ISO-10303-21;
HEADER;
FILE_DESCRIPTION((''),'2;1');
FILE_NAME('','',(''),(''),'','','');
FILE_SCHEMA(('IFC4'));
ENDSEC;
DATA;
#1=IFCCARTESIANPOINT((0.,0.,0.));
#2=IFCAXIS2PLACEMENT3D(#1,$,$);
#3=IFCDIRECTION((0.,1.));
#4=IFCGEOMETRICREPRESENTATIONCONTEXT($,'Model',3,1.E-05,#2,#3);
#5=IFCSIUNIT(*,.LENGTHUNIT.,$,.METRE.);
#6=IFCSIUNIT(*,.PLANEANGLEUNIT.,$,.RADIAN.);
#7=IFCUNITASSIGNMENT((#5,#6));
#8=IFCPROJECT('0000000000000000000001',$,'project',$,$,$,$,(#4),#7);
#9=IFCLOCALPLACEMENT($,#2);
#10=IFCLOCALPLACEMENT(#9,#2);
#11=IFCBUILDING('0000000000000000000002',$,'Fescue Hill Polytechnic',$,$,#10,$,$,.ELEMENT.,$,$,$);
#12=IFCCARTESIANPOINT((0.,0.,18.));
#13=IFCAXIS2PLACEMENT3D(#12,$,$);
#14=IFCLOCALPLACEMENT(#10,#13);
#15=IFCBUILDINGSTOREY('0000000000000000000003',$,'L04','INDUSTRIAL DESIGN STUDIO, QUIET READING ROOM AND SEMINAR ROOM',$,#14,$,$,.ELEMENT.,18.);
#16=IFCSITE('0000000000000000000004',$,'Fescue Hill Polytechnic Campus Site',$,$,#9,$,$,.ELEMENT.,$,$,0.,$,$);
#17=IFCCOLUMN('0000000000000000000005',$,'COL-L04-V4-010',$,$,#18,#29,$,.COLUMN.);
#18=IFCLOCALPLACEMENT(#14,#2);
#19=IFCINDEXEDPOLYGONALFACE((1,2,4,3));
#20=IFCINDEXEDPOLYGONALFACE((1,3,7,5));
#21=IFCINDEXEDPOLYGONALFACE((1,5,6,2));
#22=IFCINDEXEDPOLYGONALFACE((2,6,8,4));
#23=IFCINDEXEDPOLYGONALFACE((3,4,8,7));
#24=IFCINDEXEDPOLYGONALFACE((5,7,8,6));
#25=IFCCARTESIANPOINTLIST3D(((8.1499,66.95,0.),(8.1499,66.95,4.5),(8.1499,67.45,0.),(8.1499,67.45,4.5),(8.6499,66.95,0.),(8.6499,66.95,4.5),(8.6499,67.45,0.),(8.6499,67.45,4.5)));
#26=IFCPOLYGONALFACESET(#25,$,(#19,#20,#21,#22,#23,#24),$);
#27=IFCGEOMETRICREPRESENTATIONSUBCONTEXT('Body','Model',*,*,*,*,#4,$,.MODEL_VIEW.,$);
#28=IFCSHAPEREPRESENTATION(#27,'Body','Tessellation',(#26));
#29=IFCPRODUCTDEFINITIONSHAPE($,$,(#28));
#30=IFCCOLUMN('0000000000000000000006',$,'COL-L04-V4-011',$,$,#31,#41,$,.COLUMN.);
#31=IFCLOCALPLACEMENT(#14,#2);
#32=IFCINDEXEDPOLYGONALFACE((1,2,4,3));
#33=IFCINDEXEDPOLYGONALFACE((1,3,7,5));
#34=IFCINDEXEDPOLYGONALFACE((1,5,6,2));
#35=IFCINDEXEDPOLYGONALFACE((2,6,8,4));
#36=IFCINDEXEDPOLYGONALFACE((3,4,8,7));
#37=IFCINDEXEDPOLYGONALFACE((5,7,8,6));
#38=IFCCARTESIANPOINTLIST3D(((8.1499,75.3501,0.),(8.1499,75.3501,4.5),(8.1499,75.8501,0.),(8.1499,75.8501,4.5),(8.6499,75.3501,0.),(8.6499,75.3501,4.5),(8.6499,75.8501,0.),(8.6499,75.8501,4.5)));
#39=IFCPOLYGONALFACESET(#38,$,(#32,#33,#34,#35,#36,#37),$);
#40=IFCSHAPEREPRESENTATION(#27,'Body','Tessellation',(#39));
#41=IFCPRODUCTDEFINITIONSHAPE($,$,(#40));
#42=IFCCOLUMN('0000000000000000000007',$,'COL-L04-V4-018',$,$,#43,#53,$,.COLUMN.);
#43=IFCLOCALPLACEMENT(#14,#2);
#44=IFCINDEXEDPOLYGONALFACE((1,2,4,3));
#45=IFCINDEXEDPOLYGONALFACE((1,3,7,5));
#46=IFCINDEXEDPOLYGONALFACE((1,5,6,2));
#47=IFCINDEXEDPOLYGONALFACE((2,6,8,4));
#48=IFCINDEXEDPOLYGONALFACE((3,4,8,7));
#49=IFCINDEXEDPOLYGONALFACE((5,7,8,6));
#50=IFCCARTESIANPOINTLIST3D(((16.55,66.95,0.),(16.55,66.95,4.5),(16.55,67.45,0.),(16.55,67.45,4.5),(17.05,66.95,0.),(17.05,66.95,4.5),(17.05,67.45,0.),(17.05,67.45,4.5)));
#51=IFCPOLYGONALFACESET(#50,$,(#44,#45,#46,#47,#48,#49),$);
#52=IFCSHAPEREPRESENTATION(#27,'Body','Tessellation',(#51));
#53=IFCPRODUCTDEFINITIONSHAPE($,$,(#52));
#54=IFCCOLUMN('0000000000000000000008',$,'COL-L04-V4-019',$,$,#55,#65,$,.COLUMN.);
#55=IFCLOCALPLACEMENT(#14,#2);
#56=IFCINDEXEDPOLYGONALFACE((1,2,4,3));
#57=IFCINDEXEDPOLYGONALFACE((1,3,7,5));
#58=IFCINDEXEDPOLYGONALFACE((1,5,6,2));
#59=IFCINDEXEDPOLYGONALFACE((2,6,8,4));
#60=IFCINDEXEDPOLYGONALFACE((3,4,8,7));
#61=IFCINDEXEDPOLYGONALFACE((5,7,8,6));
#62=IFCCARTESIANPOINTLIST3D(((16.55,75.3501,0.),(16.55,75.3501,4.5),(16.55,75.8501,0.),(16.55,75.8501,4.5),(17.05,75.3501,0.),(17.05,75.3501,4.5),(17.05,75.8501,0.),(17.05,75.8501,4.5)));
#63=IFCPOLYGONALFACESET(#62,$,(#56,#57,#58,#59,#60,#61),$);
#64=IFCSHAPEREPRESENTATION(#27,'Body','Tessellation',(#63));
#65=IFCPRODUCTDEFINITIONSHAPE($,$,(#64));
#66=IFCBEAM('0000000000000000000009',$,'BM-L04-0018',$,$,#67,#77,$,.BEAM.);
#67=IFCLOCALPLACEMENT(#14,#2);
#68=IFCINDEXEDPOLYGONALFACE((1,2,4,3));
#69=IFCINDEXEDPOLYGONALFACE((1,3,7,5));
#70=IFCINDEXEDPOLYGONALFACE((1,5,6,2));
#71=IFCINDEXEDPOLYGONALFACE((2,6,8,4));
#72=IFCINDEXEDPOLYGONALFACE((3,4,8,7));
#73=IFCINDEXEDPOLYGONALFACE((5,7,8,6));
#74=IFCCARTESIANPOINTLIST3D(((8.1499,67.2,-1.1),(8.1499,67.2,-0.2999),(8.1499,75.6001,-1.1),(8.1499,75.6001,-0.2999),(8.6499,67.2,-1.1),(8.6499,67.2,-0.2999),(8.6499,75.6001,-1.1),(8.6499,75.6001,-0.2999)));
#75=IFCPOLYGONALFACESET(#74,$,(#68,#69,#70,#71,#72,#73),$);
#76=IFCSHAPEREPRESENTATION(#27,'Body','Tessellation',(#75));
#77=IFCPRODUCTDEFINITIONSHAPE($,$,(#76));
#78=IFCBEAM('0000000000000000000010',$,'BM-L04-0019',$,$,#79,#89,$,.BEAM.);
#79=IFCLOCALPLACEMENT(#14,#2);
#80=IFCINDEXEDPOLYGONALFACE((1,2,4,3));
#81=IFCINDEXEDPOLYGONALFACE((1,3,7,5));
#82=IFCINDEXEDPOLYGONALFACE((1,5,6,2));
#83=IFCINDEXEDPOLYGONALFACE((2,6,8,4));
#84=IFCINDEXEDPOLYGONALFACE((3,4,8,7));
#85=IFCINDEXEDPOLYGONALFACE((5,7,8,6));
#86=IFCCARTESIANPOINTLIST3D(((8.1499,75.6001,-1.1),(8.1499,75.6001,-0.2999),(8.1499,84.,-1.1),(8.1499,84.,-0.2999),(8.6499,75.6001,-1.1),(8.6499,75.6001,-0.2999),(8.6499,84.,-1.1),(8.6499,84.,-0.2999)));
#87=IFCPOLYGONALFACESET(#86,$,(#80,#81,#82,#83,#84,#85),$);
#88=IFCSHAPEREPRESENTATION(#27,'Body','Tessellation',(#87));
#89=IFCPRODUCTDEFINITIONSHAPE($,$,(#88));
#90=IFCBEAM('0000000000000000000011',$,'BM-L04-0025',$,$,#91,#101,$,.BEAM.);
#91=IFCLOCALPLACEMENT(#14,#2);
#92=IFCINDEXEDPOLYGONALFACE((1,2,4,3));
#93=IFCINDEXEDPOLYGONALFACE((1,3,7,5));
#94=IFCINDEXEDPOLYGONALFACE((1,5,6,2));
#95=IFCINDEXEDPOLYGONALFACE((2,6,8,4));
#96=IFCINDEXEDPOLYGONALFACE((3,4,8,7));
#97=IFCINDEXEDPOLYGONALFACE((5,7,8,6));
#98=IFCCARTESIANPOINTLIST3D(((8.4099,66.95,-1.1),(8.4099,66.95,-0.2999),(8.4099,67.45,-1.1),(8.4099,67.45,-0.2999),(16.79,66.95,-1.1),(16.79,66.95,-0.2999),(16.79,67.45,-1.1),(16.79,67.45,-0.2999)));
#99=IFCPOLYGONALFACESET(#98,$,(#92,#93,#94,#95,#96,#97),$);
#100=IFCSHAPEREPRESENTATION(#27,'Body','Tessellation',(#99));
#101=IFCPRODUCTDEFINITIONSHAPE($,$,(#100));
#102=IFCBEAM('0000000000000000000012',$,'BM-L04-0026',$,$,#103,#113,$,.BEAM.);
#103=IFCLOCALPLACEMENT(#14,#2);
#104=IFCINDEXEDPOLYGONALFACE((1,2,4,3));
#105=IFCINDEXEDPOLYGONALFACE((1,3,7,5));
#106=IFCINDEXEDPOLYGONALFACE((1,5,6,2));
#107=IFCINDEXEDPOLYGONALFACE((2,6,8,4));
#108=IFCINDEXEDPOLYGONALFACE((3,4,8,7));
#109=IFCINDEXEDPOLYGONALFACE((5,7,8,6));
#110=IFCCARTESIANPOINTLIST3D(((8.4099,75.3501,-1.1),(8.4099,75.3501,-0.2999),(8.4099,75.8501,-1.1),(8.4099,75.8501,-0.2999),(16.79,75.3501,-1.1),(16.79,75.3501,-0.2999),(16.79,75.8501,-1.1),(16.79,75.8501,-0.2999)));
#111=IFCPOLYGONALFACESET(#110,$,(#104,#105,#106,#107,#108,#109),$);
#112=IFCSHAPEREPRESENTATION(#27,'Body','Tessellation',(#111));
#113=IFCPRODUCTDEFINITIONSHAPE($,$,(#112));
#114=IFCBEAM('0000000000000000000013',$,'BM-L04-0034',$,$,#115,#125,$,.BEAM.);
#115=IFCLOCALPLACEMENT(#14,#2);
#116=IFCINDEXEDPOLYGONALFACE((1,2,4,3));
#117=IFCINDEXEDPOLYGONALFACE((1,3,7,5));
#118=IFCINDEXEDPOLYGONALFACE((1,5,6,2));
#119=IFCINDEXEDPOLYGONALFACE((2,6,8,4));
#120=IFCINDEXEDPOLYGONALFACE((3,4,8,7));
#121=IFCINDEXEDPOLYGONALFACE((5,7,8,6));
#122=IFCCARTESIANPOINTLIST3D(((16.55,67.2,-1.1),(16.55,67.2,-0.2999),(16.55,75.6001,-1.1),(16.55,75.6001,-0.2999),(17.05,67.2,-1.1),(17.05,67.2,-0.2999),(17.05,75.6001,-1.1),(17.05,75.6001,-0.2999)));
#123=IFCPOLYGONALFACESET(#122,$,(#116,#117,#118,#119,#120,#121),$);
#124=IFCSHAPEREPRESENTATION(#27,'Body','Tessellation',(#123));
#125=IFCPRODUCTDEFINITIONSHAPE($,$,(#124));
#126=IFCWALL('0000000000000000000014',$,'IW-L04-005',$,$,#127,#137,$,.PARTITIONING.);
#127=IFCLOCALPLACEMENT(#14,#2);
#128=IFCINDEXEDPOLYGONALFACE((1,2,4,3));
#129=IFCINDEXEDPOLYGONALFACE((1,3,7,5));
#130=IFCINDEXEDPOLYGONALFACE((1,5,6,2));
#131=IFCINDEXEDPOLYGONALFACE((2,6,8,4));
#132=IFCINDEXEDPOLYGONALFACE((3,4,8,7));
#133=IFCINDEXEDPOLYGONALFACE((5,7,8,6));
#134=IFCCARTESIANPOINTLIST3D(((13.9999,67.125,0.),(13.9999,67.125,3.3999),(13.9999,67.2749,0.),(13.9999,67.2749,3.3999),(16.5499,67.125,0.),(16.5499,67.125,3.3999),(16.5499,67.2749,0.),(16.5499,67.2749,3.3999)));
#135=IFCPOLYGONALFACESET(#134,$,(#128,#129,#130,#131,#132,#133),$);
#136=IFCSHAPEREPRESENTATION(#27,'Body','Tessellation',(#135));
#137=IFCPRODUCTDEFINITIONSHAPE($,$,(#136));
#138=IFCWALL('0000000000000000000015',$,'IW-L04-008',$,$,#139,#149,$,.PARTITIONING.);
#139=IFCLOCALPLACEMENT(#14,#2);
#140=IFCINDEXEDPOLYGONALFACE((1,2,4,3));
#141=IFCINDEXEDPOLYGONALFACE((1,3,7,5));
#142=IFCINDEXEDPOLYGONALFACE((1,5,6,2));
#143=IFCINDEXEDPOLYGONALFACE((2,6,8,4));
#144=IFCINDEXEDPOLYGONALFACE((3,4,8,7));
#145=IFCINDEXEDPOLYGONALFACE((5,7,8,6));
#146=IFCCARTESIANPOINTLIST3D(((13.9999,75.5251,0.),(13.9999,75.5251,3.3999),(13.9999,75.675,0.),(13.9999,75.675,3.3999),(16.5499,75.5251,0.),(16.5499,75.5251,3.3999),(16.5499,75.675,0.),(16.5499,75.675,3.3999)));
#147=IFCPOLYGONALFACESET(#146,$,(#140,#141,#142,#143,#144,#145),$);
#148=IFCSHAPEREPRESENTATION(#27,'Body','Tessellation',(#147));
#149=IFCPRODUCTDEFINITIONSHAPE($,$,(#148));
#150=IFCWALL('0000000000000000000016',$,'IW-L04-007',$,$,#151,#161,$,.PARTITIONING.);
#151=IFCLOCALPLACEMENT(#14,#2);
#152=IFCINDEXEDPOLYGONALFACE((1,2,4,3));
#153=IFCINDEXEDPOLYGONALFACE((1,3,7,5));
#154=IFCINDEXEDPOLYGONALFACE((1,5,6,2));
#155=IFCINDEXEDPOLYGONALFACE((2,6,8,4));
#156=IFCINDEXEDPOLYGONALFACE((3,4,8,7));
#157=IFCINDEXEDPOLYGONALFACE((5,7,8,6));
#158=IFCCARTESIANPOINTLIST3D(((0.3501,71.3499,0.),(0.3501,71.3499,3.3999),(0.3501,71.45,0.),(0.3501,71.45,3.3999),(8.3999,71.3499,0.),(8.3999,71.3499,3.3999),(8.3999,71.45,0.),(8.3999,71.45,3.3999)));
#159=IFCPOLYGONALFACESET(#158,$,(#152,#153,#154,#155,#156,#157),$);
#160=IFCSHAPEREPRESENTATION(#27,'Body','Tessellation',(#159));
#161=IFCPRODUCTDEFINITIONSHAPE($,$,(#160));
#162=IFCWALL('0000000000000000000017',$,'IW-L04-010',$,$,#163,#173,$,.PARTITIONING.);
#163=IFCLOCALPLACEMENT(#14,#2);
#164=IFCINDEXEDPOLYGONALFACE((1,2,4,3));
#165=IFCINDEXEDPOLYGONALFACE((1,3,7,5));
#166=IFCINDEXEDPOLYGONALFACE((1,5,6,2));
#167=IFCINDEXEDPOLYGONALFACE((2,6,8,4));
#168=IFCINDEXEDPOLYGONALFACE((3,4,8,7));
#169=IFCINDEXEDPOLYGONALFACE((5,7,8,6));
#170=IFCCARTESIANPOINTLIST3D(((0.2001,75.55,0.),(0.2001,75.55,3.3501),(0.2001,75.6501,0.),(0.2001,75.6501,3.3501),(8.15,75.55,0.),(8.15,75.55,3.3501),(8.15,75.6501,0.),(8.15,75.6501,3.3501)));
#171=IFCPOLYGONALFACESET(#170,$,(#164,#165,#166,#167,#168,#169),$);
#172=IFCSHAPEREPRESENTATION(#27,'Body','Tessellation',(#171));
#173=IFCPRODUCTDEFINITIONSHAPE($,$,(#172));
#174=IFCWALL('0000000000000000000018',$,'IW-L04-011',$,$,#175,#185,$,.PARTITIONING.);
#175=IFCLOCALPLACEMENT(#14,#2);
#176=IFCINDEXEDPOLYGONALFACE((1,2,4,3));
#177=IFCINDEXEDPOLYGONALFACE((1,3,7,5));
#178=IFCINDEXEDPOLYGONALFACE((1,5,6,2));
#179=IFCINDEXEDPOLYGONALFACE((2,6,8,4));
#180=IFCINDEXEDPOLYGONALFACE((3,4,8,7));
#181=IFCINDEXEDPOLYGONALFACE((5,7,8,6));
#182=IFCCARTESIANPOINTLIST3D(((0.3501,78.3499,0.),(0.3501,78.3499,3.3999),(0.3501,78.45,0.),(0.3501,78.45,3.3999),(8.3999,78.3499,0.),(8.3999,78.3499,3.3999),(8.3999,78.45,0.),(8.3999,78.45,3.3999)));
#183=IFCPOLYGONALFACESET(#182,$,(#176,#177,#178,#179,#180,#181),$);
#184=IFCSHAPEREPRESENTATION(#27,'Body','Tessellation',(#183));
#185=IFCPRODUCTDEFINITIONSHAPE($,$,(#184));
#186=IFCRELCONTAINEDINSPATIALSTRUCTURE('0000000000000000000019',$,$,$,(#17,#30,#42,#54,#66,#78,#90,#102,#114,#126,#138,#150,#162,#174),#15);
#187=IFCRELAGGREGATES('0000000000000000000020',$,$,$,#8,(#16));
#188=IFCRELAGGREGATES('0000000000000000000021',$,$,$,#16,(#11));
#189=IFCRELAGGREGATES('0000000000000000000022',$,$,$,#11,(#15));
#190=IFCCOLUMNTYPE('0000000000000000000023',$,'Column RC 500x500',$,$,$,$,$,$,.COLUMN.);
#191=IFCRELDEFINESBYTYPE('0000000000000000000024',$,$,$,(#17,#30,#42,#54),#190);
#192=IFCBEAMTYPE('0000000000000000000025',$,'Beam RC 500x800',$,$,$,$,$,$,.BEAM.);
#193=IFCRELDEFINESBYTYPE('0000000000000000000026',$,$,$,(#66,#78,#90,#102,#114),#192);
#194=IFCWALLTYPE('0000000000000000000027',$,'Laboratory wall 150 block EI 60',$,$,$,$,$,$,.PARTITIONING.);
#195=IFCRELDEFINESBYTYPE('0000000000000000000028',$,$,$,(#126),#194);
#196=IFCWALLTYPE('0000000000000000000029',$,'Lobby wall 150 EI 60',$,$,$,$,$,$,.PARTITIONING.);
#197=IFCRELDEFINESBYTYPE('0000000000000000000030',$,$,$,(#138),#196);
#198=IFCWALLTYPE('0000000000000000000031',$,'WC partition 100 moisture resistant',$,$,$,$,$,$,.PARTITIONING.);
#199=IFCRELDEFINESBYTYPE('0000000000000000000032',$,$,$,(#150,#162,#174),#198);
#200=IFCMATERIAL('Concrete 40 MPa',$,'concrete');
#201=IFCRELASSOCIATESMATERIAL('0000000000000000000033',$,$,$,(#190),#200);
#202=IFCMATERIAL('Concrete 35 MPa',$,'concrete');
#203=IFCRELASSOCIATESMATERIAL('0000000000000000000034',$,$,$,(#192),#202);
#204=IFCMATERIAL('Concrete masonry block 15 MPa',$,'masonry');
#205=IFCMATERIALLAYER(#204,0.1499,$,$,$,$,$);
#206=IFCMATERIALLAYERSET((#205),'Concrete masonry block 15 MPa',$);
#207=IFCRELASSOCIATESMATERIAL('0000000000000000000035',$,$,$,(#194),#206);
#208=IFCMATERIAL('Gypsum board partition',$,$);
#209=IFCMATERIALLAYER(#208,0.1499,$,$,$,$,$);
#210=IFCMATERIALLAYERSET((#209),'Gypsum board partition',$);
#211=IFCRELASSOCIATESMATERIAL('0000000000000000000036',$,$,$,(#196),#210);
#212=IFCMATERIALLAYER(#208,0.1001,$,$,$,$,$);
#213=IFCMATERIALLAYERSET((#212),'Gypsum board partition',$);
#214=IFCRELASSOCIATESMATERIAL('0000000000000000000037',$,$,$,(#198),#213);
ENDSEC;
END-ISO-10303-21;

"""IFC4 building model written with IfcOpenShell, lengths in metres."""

from ifc_helpers import new_model, si_unit, direction, frame, frame_2d, origin, origin_2d, place, context, subcontext, project, spatial, rectangle, extrude, material, layer, layer_set, material_profile, profile_set, type_object, element, save


model = new_model("IFC4")

# Units and contexts
model_context = context("Model", 3, precision=1e-05, world=origin(), true_north=direction((0.0, 1.0)))
body_context = subcontext(model_context, "Body", "Model", "MODEL_VIEW")
ifc_project = project(units=[si_unit("LENGTHUNIT", "METRE"), si_unit("PLANEANGLEUNIT", "RADIAN")], contexts=[model_context])

# Site, building, storey
site_placement = place(None, origin())
site = spatial("IfcSite", under=ifc_project, at=site_placement, Name="Fescue Hill Polytechnic Campus Site", CompositionType="ELEMENT", RefElevation=0.0)
building_placement = place(site_placement, origin())
building = spatial("IfcBuilding", under=site, at=building_placement, Name="Fescue Hill Polytechnic", CompositionType="ELEMENT")
storey_placement = place(building_placement, frame((0.0, 0.0, 18.0)))
storey = spatial("IfcBuildingStorey", under=building, at=storey_placement, Name="L04", Description="INDUSTRIAL DESIGN STUDIO, QUIET READING ROOM AND SEMINAR ROOM", CompositionType="ELEMENT", Elevation=18.0)

# Columns
ifc_material_1 = material(Name="Concrete 40 MPa", Category="concrete")
ifc_material_profile_1 = material_profile(ifc_material_1, rectangle(XDim=0.5, YDim=0.5, at=origin_2d()), Name="RC 500x500")
ifc_profile_set_1 = profile_set([ifc_material_profile_1], Name="Concrete 40 MPa")
column_type = type_object("IfcColumnType", Name="Column RC 500x500", PredefinedType="COLUMN", material=ifc_profile_set_1)
for number, where, z_axis, x_axis, name in (
    (1, (8.3999, 67.2, 0.0), (0.0, 0.0, 1.0), (1.0, 0.0, 0.0), "COL-L04-V4-010"),
    (2, (8.3999, 75.6001, 0.0), (0.0, 0.0, 1.0), (1.0, 0.0, 0.0), "COL-L04-V4-011"),
    (3, (16.8, 67.2, 0.0), (0.0, 0.0, 1.0), (1.0, 0.0, 0.0), "COL-L04-V4-018"),
    (4, (16.8, 75.6001, 0.0), (0.0, 0.0, 1.0), (1.0, 0.0, 0.0), "COL-L04-V4-019"),
):
    element("IfcColumn", number, at=place(storey_placement, frame(where, z_axis=z_axis, x_axis=x_axis)), inside=storey, type_object=column_type, Name=name, PredefinedType="COLUMN", context=body_context, shape_type="SweptSolid", body=[
        extrude(rectangle(XDim=0.5, YDim=0.5, at=origin_2d()), origin(), (0.0, 0.0, 1.0), 4.5),
    ])

# Beams
ifc_material_2 = material(Name="Concrete 35 MPa", Category="concrete")
ifc_material_profile_2 = material_profile(ifc_material_2, rectangle(XDim=0.5, YDim=0.8, at=origin_2d()), Name="RC 500x800")
ifc_profile_set_2 = profile_set([ifc_material_profile_2], Name="Concrete 35 MPa")
beam_type = type_object("IfcBeamType", Name="Beam RC 500x800", PredefinedType="BEAM", material=ifc_profile_set_2)
beam_1_placement = place(storey_placement, frame((8.3999, 67.2, -0.7), z_axis=(0.0, 1.0, 0.0), x_axis=(-1.0, 0.0, 0.0)))
element("IfcBeam", 5, at=beam_1_placement, inside=storey, type_object=beam_type, Name="BM-L04-0018", PredefinedType="BEAM", context=body_context, shape_type="SweptSolid", body=[
    extrude(rectangle(XDim=0.5, YDim=0.8, at=origin_2d()), origin(), (0.0, 0.0, 1.0), 8.4001),
])
beam_2_placement = place(storey_placement, frame((8.3999, 75.6001, -0.7), z_axis=(0.0, 1.0, 0.0), x_axis=(-1.0, 0.0, 0.0)))
element("IfcBeam", 6, at=beam_2_placement, inside=storey, type_object=beam_type, Name="BM-L04-0019", PredefinedType="BEAM", context=body_context, shape_type="SweptSolid", body=[
    extrude(rectangle(XDim=0.5, YDim=0.8, at=origin_2d()), origin(), (0.0, 0.0, 1.0), 8.3999),
])
for number, where, z_axis, x_axis, name in (
    (7, (8.4099, 67.2, -0.7), (1.0, 0.0, 0.0), (0.0, 1.0, 0.0), "BM-L04-0025"),
    (8, (8.4099, 75.6001, -0.7), (1.0, 0.0, 0.0), (0.0, 1.0, 0.0), "BM-L04-0026"),
):
    element("IfcBeam", number, at=place(storey_placement, frame(where, z_axis=z_axis, x_axis=x_axis)), inside=storey, type_object=beam_type, Name=name, PredefinedType="BEAM", context=body_context, shape_type="SweptSolid", body=[
        extrude(rectangle(XDim=0.5, YDim=0.8, at=origin_2d()), origin(), (0.0, 0.0, 1.0), 8.3801),
    ])
beam_3_placement = place(storey_placement, frame((16.8, 67.2, -0.7), z_axis=(0.0, 1.0, 0.0), x_axis=(-1.0, 0.0, 0.0)))
element("IfcBeam", 9, at=beam_3_placement, inside=storey, type_object=beam_type, Name="BM-L04-0034", PredefinedType="BEAM", context=body_context, shape_type="SweptSolid", body=[
    extrude(rectangle(XDim=0.5, YDim=0.8, at=origin_2d()), origin(), (0.0, 0.0, 1.0), 8.4001),
])

# Walls
ifc_material_3 = material(Name="Concrete masonry block 15 MPa", Category="masonry")
ifc_layer_1 = layer(ifc_material_3, 0.1499)
ifc_layer_set_1 = layer_set([ifc_layer_1], Name="Concrete masonry block 15 MPa")
wall_type_1 = type_object("IfcWallType", Name="Laboratory wall 150 block EI 60", PredefinedType="PARTITIONING", material=ifc_layer_set_1)
wall_1_placement = place(storey_placement, frame((14.0, 67.2, 0.0), z_axis=(0.0, 0.0, 1.0), x_axis=(1.0, 0.0, 0.0)))
element("IfcWall", 10, at=wall_1_placement, inside=storey, type_object=wall_type_1, Name="IW-L04-005", PredefinedType="PARTITIONING", context=body_context, shape_type="SweptSolid", body=[
    extrude(rectangle(XDim=2.55, YDim=0.1499, at=frame_2d((1.2749, 0.0))), origin(), (0.0, 0.0, 1.0), 3.3999),
])
ifc_material_4 = material(Name="Gypsum board partition")
ifc_layer_2 = layer(ifc_material_4, 0.1499)
ifc_layer_set_2 = layer_set([ifc_layer_2], Name="Gypsum board partition")
wall_type_2 = type_object("IfcWallType", Name="Lobby wall 150 EI 60", PredefinedType="PARTITIONING", material=ifc_layer_set_2)
wall_2_placement = place(storey_placement, frame((14.0, 75.6001, 0.0), z_axis=(0.0, 0.0, 1.0), x_axis=(1.0, 0.0, 0.0)))
element("IfcWall", 11, at=wall_2_placement, inside=storey, type_object=wall_type_2, Name="IW-L04-008", PredefinedType="PARTITIONING", context=body_context, shape_type="SweptSolid", body=[
    extrude(rectangle(XDim=2.55, YDim=0.1499, at=frame_2d((1.2749, 0.0))), origin(), (0.0, 0.0, 1.0), 3.3999),
])
ifc_layer_3 = layer(ifc_material_4, 0.1001)
ifc_layer_set_3 = layer_set([ifc_layer_3], Name="Gypsum board partition")
wall_type_3 = type_object("IfcWallType", Name="WC partition 100 moisture resistant", PredefinedType="PARTITIONING", material=ifc_layer_set_3)
wall_3_placement = place(storey_placement, frame((0.3501, 71.3999, 0.0), z_axis=(0.0, 0.0, 1.0), x_axis=(1.0, 0.0, 0.0)))
element("IfcWall", 12, at=wall_3_placement, inside=storey, type_object=wall_type_3, Name="IW-L04-007", PredefinedType="PARTITIONING", context=body_context, shape_type="SweptSolid", body=[
    extrude(rectangle(XDim=8.0498, YDim=0.1001, at=frame_2d((4.0249, 0.0))), origin(), (0.0, 0.0, 1.0), 3.3999),
])
wall_4_placement = place(storey_placement, frame((0.2, 75.6001, 0.0), z_axis=(0.0, 0.0, 1.0), x_axis=(1.0, 0.0, 0.0)))
element("IfcWall", 13, at=wall_4_placement, inside=storey, type_object=wall_type_3, Name="IW-L04-010", PredefinedType="PARTITIONING", context=body_context, shape_type="SweptSolid", body=[
    extrude(rectangle(XDim=7.95, YDim=0.1001, at=frame_2d((3.9751, 0.0))), origin(), (0.0, 0.0, 1.0), 3.3501),
])
wall_5_placement = place(storey_placement, frame((0.3501, 78.3999, 0.0), z_axis=(0.0, 0.0, 1.0), x_axis=(1.0, 0.0, 0.0)))
element("IfcWall", 14, at=wall_5_placement, inside=storey, type_object=wall_type_3, Name="IW-L04-011", PredefinedType="PARTITIONING", context=body_context, shape_type="SweptSolid", body=[
    extrude(rectangle(XDim=8.0498, YDim=0.1001, at=frame_2d((4.0249, 0.0))), origin(), (0.0, 0.0, 1.0), 3.3999),
])

save(model, "model.ifc")
